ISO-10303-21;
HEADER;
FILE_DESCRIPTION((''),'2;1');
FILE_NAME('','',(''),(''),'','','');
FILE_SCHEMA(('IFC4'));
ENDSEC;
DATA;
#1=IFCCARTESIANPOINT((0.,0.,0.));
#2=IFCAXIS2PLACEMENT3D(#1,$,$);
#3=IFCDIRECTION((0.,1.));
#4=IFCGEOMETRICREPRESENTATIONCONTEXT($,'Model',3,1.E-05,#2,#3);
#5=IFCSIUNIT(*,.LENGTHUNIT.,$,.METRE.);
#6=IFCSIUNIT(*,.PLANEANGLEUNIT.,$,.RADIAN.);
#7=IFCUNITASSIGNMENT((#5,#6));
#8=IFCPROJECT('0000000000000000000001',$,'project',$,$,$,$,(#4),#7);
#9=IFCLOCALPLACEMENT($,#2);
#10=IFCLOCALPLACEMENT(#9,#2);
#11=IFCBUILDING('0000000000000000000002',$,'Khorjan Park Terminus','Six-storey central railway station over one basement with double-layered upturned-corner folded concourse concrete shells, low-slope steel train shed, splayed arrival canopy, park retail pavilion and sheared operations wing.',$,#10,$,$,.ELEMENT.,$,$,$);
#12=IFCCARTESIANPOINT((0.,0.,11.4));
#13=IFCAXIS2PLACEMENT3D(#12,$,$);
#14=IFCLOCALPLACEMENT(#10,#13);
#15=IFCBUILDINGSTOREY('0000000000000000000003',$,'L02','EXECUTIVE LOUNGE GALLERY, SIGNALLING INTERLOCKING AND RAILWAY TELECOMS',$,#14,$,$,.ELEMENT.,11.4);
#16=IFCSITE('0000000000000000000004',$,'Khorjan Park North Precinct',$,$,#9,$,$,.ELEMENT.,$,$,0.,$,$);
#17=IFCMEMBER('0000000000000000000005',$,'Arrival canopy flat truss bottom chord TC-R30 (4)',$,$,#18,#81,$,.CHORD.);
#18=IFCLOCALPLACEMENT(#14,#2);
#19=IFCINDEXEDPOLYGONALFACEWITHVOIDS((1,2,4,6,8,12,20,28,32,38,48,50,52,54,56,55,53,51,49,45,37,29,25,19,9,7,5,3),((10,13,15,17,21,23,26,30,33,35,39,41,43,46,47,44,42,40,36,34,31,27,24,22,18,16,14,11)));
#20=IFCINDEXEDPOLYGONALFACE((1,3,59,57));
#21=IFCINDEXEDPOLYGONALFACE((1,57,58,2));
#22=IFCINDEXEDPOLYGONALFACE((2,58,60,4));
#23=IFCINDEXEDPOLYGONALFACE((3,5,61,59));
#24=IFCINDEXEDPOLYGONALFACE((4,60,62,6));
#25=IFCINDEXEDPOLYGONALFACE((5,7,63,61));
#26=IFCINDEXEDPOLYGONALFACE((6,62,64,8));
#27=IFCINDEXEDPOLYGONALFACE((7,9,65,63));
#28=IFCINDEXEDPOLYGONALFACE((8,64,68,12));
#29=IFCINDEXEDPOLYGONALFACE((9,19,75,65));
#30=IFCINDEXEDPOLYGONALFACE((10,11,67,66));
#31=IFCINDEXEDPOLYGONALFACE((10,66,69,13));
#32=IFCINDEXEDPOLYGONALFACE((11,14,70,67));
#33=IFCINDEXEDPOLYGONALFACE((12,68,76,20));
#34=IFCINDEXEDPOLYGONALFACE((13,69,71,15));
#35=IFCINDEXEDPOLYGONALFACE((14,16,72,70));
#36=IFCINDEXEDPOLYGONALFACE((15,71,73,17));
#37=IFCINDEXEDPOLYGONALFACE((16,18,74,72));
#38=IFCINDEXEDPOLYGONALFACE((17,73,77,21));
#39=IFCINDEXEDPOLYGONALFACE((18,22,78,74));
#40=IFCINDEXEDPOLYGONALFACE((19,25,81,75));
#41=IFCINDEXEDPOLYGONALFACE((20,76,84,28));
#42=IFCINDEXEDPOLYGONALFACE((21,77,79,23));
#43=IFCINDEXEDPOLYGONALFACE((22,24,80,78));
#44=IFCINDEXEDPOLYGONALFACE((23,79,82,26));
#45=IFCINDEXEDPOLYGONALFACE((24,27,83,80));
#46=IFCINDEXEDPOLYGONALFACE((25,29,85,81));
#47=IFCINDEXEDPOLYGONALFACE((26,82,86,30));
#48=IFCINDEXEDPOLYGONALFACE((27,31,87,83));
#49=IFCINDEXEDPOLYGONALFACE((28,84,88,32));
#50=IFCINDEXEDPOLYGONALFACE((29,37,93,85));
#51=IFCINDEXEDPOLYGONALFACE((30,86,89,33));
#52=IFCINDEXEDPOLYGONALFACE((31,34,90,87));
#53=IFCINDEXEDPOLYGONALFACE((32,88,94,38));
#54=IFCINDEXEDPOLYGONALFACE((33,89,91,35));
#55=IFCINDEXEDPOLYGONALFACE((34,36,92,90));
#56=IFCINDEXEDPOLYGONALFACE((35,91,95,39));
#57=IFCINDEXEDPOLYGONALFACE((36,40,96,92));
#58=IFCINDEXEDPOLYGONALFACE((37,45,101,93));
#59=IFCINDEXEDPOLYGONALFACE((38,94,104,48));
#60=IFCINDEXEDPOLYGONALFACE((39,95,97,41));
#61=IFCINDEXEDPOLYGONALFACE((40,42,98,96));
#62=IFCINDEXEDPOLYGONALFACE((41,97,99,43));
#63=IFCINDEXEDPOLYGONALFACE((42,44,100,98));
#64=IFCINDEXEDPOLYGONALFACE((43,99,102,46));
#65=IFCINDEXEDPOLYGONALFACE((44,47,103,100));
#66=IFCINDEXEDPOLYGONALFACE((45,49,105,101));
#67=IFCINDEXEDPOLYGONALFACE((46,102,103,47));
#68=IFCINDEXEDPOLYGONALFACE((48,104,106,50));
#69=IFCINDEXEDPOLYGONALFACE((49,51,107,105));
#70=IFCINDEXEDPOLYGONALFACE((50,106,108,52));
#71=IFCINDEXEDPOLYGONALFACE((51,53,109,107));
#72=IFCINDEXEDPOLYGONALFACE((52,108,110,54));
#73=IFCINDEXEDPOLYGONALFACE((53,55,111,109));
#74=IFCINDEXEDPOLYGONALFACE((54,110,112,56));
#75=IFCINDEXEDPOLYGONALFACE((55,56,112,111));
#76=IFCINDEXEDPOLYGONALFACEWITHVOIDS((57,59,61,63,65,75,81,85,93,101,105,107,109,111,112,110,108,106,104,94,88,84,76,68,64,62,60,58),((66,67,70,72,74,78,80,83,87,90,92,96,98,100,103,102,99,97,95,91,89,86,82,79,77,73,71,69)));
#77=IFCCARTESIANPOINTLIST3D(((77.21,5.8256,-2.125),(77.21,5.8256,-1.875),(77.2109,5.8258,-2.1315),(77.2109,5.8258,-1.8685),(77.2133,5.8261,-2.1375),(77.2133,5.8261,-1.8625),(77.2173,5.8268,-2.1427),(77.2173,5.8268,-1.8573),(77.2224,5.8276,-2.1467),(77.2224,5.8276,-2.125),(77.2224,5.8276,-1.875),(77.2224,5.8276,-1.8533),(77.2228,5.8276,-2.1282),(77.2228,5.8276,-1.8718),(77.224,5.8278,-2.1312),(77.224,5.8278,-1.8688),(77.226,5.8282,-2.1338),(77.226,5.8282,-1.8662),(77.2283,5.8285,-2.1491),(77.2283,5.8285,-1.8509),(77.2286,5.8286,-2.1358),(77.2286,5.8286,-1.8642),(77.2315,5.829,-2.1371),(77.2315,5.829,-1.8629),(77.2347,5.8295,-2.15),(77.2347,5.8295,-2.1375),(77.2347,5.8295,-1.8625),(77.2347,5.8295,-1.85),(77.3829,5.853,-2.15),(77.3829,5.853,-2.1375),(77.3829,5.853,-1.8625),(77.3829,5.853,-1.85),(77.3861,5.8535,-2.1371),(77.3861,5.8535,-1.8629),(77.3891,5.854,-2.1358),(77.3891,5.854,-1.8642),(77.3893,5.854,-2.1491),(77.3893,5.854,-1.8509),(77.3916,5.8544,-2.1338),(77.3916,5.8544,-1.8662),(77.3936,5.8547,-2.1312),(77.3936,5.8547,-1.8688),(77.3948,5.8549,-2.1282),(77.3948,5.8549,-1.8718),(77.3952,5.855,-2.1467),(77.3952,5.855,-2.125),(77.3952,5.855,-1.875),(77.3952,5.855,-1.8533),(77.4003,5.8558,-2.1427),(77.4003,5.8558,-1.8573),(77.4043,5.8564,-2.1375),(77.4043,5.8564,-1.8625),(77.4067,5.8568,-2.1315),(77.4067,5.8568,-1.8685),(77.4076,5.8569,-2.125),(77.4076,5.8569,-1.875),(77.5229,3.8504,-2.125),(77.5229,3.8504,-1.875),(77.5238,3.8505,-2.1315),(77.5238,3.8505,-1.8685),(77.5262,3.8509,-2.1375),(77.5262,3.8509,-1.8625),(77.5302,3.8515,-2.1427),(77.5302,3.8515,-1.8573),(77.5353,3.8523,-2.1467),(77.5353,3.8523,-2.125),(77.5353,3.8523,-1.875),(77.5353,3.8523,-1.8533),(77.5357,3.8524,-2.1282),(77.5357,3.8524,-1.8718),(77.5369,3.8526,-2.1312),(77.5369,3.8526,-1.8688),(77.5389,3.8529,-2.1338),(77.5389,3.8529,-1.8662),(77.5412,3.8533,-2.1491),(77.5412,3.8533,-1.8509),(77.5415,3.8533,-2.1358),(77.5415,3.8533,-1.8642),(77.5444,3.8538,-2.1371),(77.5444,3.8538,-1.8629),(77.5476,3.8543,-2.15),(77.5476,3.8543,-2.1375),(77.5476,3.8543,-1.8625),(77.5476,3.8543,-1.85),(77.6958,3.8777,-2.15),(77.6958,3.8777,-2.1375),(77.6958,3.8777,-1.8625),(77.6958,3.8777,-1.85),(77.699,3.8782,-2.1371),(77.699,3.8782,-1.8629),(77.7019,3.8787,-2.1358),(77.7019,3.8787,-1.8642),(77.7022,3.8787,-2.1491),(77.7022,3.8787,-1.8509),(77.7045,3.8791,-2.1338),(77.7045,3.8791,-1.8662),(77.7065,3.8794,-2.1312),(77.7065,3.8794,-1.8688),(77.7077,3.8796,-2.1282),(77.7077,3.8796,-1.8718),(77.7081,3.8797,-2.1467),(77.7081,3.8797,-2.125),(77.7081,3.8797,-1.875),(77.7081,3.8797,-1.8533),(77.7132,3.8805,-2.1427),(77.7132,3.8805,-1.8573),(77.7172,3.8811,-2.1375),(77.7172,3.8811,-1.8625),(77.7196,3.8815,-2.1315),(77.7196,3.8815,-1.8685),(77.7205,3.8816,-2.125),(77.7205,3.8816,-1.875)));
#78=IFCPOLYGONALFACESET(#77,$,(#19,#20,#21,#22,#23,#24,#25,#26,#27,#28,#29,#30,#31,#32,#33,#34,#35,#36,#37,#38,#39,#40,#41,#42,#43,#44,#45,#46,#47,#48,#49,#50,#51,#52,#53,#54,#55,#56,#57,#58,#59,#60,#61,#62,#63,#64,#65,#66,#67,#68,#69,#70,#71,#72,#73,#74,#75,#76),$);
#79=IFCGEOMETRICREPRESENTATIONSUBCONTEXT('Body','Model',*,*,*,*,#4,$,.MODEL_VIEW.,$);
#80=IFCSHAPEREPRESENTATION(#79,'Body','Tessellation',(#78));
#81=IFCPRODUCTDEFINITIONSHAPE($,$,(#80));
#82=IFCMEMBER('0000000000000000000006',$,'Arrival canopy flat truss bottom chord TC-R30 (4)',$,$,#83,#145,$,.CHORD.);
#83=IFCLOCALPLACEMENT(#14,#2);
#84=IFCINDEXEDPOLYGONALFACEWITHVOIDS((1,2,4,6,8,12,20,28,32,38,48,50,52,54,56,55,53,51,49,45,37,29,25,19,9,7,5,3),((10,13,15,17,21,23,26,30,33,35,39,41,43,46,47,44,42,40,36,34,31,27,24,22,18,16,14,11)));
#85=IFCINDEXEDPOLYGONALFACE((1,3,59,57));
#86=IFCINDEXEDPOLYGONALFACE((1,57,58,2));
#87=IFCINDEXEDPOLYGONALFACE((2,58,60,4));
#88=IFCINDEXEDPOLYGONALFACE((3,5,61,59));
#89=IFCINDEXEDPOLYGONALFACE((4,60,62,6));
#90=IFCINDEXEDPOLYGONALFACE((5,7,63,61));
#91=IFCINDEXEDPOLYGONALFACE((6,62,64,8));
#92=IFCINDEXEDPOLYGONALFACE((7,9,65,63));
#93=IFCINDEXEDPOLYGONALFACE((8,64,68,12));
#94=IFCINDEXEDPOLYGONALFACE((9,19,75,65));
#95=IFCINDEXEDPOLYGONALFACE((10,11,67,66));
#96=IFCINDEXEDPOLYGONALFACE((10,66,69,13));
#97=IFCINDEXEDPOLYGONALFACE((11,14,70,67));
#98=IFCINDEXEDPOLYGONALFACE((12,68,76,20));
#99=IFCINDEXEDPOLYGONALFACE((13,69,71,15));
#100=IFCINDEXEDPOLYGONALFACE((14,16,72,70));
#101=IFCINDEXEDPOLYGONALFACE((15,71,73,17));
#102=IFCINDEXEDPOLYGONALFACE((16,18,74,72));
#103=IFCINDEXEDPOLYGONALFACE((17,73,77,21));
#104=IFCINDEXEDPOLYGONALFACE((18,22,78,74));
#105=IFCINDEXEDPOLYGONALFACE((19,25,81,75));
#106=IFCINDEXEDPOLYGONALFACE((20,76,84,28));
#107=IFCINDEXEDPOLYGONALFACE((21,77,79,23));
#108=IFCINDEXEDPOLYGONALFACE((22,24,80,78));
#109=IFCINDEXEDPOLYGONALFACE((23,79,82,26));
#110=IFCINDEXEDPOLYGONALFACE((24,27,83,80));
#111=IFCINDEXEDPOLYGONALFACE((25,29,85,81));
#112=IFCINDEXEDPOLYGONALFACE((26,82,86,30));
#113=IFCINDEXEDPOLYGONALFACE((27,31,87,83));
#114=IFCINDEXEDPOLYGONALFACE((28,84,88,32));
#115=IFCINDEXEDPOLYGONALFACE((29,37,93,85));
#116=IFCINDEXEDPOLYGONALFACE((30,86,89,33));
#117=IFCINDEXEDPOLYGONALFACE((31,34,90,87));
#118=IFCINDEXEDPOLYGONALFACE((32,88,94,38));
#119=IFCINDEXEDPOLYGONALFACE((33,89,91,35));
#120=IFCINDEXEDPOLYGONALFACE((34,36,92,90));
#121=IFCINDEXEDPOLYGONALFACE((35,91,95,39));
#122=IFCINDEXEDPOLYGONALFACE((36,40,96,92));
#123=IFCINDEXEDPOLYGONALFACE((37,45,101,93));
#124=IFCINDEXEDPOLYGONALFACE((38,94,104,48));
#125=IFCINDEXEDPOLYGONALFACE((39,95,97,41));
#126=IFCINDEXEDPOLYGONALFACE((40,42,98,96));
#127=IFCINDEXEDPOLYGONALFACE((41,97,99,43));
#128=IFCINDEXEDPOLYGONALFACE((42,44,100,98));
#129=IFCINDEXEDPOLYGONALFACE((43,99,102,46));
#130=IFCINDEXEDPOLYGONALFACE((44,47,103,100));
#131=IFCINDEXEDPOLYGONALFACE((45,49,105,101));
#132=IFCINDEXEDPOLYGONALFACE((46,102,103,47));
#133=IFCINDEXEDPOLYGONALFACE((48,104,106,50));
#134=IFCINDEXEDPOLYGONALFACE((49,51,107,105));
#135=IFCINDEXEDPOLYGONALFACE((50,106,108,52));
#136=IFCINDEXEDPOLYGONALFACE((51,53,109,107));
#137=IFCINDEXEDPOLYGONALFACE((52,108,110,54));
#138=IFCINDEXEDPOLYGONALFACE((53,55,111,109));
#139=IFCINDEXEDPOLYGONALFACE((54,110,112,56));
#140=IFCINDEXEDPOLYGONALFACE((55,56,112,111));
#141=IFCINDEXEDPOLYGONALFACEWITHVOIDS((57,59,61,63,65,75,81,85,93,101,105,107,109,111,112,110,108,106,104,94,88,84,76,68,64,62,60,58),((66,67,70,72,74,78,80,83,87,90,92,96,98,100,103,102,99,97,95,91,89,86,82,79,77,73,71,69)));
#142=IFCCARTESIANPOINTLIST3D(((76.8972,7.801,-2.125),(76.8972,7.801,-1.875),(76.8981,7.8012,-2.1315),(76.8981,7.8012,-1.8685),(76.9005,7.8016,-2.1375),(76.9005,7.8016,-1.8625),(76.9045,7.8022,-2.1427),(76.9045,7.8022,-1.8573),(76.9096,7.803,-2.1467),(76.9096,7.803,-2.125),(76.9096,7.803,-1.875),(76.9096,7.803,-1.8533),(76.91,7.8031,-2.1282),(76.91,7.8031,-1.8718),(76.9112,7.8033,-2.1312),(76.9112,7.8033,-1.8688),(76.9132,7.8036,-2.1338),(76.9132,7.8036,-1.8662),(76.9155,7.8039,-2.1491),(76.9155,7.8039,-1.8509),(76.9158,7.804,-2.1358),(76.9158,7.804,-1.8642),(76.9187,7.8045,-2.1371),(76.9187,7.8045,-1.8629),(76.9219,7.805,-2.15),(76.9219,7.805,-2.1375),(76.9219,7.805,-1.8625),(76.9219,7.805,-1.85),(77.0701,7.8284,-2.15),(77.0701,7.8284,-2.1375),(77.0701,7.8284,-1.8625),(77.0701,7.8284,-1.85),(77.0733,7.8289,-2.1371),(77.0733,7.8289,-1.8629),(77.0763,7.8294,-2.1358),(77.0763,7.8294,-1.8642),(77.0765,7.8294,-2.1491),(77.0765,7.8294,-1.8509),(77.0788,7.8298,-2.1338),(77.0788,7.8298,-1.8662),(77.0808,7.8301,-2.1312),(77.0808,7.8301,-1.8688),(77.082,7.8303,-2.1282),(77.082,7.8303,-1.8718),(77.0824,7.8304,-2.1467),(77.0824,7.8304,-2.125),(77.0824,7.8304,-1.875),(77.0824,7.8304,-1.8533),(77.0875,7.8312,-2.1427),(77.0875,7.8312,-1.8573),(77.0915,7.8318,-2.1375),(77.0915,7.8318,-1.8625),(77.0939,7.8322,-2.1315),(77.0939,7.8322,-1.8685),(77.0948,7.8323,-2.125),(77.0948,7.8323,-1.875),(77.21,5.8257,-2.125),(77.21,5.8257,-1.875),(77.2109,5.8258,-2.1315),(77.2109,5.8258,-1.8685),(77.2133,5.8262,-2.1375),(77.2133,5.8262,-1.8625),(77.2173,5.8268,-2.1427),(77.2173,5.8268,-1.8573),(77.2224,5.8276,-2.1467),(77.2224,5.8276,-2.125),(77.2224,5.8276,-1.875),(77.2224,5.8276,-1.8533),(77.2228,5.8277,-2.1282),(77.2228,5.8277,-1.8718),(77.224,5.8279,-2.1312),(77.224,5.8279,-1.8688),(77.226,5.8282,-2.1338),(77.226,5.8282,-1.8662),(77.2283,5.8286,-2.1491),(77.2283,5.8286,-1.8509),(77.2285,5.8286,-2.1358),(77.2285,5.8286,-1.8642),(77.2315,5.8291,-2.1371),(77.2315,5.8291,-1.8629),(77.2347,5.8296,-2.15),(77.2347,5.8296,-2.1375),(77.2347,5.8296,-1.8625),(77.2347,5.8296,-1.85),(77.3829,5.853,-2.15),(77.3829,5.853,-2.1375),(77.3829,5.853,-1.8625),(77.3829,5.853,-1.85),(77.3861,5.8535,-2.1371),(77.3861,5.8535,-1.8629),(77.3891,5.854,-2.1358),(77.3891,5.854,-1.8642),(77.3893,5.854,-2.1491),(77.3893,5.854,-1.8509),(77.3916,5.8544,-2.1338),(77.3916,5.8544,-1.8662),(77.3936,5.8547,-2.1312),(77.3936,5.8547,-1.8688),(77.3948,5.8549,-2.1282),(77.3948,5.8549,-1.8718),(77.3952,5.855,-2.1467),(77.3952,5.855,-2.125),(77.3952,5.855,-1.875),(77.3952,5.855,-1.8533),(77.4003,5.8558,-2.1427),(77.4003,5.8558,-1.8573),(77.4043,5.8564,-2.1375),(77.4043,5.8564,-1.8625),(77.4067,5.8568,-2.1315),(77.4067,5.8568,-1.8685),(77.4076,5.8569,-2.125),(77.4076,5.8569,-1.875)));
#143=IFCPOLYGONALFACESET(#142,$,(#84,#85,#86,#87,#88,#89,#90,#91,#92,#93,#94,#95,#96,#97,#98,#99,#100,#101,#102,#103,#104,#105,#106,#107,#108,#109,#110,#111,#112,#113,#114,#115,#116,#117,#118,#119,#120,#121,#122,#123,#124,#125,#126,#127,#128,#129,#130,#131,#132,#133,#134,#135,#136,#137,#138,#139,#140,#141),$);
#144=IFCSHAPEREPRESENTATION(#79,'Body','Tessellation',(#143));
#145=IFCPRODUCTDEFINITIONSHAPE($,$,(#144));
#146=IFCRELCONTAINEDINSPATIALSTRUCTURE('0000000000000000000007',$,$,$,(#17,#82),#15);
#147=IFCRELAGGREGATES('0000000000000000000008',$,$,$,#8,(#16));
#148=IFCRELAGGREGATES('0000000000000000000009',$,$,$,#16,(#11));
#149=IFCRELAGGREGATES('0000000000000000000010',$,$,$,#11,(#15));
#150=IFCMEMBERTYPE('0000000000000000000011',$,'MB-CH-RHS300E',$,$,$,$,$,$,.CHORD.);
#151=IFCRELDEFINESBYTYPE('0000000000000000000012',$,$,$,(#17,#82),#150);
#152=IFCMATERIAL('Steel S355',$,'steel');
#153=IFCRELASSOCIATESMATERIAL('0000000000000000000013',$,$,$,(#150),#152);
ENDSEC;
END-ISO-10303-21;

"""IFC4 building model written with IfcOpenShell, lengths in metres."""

from ifc_helpers import new_model, si_unit, direction, frame, origin, origin_2d, place, context, subcontext, project, spatial, hollow_rectangle, extrude, material, material_profile, profile_set, type_object, element, save


model = new_model("IFC4")

# Units and contexts
model_context = context("Model", 3, precision=1e-05, world=origin(), true_north=direction((0.0, 1.0)))
body_context = subcontext(model_context, "Body", "Model", "MODEL_VIEW")
ifc_project = project(units=[si_unit("LENGTHUNIT", "METRE"), si_unit("PLANEANGLEUNIT", "RADIAN")], contexts=[model_context])

# Site, building, storey
site_placement = place(None, origin())
site = spatial("IfcSite", under=ifc_project, at=site_placement, Name="Khorjan Park North Precinct", CompositionType="ELEMENT", RefElevation=0.0)
building_placement = place(site_placement, origin())
building = spatial("IfcBuilding", under=site, at=building_placement, Name="Khorjan Park Terminus", Description="Six-storey central railway station over one basement with double-layered upturned-corner folded concourse concrete shells, low-slope steel train shed, splayed arrival canopy, park retail pavilion and sheared operations wing.", CompositionType="ELEMENT")
storey_placement = place(building_placement, frame((0.0, 0.0, 11.4)))
storey = spatial("IfcBuildingStorey", under=building, at=storey_placement, Name="L02", Description="EXECUTIVE LOUNGE GALLERY, SIGNALLING INTERLOCKING AND RAILWAY TELECOMS", CompositionType="ELEMENT", Elevation=11.4)

# Members
ifc_material = material(Name="Steel S355", Category="steel")
ifc_material_profile_1 = material_profile(ifc_material, hollow_rectangle(XDim=0.2, YDim=0.3, WallThickness=0.0125, InnerFilletRadius=0.0125, OuterFilletRadius=0.025, at=origin_2d()), Name="RHS 300x200x12.5")
ifc_profile_set_1 = profile_set([ifc_material_profile_1], Name="Steel S355")
member_type_1 = type_object("IfcMemberType", Name="MB-CH-RHS300E", PredefinedType="CHORD", material=ifc_profile_set_1)
member_1_placement = place(storey_placement, frame((77.6217, 3.866, -2.0), z_axis=(-0.156456, 0.987685, 0.0), x_axis=(-0.987685, -0.156456, 0.0)))
element("IfcMember", 1, at=member_1_placement, inside=storey, type_object=member_type_1, Name="Arrival canopy flat truss bottom chord TC-R30 (4)", PredefinedType="CHORD", context=body_context, shape_type="SweptSolid", body=[
    extrude(hollow_rectangle(XDim=0.2, YDim=0.3, WallThickness=0.0125, InnerFilletRadius=0.0125, OuterFilletRadius=0.025, at=origin_2d()), origin(), (0.0, 0.0, 1.0), 1.9999),
])
member_2_placement = place(storey_placement, frame((77.3088, 5.8413, -2.0), z_axis=(-0.156399, 0.987694, 0.0), x_axis=(-0.987694, -0.156399, 0.0)))
element("IfcMember", 2, at=member_2_placement, inside=storey, type_object=member_type_1, Name="Arrival canopy flat truss bottom chord TC-R30 (4)", PredefinedType="CHORD", context=body_context, shape_type="SweptSolid", body=[
    extrude(hollow_rectangle(XDim=0.2, YDim=0.3, WallThickness=0.0125, InnerFilletRadius=0.0125, OuterFilletRadius=0.025, at=origin_2d()), origin(), (0.0, 0.0, 1.0), 2.0),
])

save(model, "model.ifc")
